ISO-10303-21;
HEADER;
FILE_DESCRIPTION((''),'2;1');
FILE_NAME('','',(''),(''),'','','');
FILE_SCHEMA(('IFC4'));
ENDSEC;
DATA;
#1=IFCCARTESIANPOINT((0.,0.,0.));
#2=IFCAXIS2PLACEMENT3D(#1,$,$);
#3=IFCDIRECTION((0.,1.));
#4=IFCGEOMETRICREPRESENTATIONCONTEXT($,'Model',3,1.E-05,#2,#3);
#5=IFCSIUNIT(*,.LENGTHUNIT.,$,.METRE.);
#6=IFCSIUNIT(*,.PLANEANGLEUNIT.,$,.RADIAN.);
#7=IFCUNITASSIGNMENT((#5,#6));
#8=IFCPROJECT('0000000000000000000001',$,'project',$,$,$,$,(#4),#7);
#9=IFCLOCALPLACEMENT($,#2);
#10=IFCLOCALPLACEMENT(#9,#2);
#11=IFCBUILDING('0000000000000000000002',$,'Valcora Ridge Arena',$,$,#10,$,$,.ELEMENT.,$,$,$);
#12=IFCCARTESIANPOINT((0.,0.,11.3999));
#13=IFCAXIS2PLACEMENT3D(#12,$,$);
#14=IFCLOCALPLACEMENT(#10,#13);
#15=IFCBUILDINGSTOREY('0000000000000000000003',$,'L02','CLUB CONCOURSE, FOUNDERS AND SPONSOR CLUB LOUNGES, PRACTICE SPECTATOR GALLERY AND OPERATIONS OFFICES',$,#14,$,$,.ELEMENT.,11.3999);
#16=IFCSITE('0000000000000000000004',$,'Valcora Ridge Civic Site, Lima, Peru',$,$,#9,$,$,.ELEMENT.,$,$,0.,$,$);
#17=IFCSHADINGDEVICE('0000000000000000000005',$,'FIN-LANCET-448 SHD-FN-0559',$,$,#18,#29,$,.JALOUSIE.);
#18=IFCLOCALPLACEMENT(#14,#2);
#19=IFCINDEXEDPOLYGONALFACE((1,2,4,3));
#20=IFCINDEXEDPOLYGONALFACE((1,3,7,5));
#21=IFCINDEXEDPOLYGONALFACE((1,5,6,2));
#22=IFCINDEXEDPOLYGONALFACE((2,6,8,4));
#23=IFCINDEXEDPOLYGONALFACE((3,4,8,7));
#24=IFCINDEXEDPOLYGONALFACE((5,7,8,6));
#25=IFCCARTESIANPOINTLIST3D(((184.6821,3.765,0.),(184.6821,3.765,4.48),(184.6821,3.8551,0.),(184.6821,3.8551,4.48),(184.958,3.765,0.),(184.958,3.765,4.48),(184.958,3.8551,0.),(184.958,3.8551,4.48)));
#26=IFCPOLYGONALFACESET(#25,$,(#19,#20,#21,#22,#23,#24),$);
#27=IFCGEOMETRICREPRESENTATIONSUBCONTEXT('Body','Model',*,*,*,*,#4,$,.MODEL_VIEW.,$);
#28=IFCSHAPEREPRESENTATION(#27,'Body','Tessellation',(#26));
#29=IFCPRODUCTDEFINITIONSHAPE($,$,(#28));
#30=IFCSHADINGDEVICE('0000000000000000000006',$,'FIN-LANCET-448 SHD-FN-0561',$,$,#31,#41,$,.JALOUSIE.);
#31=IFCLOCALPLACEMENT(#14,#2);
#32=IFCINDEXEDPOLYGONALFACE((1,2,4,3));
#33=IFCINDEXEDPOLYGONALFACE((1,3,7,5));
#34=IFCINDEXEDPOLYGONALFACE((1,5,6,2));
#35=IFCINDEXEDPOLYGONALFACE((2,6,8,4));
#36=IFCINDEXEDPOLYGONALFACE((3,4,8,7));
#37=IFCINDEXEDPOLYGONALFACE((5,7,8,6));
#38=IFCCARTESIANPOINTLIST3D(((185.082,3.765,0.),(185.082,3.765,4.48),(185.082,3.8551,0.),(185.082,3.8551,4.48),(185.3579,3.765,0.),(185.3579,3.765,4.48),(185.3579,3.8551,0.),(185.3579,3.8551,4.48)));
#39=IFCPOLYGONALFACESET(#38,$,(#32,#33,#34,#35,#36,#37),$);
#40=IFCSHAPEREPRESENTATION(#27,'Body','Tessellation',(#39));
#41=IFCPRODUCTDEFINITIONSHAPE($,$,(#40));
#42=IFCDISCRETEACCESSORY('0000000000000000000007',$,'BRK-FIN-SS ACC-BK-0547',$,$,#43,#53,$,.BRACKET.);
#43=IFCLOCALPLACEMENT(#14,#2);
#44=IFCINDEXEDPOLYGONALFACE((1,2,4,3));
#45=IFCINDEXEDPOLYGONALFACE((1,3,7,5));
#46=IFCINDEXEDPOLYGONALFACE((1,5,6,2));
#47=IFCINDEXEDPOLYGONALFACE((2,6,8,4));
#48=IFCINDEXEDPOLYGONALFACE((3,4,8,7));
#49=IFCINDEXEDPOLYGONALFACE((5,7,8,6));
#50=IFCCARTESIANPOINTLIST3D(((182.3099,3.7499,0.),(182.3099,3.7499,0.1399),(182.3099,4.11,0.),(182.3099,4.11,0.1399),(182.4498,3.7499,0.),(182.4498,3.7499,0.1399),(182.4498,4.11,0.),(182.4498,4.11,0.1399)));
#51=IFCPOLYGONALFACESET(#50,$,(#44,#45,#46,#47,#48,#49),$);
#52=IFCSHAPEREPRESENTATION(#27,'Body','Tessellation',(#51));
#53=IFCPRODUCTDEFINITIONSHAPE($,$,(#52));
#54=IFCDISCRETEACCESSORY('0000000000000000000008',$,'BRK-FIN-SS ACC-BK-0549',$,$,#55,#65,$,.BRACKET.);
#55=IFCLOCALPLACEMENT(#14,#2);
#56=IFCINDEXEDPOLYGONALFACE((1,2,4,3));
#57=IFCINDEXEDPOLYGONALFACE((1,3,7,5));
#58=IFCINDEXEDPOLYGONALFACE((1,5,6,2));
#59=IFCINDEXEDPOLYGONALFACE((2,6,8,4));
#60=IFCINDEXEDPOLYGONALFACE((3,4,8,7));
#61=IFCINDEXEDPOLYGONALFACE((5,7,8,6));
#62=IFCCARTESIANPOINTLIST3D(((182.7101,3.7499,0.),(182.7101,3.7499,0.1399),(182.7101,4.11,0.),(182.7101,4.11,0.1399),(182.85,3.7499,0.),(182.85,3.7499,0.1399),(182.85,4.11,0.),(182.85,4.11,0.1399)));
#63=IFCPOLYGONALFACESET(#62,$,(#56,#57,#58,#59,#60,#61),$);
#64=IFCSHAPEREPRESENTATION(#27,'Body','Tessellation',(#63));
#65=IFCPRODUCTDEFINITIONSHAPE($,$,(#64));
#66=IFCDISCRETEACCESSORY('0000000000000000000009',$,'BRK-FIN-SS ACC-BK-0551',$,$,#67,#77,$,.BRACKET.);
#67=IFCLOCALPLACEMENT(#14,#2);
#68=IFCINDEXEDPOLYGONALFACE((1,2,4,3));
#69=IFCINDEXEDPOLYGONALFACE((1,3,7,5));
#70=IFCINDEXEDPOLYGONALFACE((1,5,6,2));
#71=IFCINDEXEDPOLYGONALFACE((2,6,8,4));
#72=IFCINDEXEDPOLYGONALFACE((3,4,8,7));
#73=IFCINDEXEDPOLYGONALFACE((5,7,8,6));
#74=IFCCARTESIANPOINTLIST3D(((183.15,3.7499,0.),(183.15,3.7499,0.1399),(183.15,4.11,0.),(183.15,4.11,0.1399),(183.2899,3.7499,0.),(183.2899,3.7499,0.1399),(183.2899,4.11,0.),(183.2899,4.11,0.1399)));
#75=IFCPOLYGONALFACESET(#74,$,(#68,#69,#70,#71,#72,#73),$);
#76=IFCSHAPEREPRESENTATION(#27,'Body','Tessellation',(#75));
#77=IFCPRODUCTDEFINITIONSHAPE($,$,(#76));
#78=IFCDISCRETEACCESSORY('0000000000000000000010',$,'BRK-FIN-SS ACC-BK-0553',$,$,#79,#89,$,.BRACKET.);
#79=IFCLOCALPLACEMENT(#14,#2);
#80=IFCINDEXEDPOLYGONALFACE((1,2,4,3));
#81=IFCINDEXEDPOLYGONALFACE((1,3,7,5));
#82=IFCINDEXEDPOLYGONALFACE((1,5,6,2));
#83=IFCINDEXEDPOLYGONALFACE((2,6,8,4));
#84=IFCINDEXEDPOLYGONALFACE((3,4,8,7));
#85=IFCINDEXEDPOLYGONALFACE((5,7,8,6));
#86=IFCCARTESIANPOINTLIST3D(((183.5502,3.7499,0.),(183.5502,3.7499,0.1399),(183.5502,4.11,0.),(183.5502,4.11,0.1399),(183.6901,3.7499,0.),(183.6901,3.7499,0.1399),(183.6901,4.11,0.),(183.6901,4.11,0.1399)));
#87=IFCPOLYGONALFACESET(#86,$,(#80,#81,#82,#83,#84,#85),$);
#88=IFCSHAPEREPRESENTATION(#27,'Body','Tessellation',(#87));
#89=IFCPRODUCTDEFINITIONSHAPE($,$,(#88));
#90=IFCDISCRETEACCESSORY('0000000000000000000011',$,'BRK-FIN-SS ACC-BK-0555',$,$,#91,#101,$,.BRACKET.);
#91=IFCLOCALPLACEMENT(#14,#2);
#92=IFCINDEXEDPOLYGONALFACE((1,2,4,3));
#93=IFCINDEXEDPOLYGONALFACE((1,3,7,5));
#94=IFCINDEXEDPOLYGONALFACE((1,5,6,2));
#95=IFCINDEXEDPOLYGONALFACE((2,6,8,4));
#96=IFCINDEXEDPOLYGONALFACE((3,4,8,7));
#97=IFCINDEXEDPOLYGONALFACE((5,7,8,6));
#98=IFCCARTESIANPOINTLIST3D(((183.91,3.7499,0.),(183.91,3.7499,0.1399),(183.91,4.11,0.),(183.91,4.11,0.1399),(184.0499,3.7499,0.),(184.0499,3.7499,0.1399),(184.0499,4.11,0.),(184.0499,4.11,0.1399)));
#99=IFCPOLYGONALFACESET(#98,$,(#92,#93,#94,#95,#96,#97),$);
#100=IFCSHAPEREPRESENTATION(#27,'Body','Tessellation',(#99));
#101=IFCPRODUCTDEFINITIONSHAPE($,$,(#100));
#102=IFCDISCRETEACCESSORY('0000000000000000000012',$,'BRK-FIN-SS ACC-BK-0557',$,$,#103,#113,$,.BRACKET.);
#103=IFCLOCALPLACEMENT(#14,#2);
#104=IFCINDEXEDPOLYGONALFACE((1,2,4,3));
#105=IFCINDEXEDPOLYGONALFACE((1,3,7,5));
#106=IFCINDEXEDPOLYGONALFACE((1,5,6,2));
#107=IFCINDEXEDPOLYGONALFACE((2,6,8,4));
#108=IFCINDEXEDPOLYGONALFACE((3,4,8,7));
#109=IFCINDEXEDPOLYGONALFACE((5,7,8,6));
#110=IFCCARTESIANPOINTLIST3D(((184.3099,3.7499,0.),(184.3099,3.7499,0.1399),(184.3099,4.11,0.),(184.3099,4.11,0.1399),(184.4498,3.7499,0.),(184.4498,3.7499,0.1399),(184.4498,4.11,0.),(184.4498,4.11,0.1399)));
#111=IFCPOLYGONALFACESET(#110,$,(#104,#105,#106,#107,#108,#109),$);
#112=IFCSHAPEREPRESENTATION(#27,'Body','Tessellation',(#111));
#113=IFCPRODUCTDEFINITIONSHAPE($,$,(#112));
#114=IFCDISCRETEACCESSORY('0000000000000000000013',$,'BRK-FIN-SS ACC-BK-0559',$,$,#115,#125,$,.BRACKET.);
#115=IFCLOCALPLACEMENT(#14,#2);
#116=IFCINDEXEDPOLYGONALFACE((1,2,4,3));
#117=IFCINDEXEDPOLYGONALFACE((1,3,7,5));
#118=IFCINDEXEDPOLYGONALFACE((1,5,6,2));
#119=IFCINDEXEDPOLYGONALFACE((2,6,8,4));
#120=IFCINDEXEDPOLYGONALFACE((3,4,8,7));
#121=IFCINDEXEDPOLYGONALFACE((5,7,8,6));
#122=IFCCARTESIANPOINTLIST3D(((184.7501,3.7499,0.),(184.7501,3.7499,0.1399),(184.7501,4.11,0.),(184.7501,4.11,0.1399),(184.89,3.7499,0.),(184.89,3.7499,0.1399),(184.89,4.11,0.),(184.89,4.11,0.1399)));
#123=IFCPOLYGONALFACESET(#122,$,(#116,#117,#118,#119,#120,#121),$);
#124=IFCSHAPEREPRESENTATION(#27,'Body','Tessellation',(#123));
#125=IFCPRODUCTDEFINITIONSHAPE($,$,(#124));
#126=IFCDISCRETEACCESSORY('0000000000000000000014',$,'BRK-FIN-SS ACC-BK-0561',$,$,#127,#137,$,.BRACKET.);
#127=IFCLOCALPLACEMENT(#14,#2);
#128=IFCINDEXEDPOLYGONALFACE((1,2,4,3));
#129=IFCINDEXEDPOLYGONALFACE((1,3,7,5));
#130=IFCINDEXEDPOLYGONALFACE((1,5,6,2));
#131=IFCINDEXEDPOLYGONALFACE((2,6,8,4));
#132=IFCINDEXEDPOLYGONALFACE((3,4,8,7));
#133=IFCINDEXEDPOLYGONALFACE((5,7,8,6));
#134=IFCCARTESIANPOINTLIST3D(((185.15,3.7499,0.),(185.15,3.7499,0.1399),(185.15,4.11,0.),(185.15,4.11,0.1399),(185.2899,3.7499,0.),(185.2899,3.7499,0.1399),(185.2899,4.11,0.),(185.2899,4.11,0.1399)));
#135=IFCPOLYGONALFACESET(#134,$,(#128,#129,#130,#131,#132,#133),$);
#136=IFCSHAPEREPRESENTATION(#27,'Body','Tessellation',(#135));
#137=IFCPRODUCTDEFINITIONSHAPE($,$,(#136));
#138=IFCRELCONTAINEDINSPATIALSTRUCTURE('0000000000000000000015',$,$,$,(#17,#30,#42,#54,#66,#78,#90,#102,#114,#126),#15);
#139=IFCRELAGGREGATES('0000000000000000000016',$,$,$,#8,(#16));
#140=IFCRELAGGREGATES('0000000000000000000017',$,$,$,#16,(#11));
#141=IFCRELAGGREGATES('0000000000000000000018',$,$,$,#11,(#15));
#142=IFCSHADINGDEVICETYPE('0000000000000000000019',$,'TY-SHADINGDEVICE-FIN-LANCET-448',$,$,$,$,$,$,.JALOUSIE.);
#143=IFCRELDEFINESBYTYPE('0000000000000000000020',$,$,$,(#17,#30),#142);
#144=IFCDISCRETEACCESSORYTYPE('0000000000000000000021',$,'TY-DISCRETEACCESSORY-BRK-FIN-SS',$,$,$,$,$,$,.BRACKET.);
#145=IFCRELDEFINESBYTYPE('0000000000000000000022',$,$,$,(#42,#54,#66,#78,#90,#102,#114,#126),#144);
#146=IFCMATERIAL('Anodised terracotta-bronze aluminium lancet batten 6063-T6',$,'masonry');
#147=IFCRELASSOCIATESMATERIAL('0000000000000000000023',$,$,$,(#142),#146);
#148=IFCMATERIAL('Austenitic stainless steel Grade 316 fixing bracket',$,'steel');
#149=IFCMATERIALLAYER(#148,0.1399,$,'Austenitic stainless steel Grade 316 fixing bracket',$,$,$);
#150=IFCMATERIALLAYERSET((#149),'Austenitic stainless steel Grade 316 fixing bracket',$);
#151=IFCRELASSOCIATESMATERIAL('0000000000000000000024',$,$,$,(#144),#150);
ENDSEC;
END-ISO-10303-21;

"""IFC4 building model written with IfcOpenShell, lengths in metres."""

from ifc_helpers import new_model, si_unit, direction, frame, origin, origin_2d, place, context, subcontext, project, spatial, rectangle, extrude, material, layer, layer_set, material_profile, profile_set, type_object, element, save


model = new_model("IFC4")

# Units and contexts
model_context = context("Model", 3, precision=1e-05, world=origin(), true_north=direction((0.0, 1.0)))
body_context = subcontext(model_context, "Body", "Model", "MODEL_VIEW")
ifc_project = project(units=[si_unit("LENGTHUNIT", "METRE"), si_unit("PLANEANGLEUNIT", "RADIAN")], contexts=[model_context])

# Site, building, storey
site_placement = place(None, origin())
site = spatial("IfcSite", under=ifc_project, at=site_placement, Name="Valcora Ridge Civic Site, Lima, Peru", CompositionType="ELEMENT", RefElevation=0.0)
building_placement = place(site_placement, origin())
building = spatial("IfcBuilding", under=site, at=building_placement, Name="Valcora Ridge Arena", CompositionType="ELEMENT")
storey_placement = place(building_placement, frame((0.0, 0.0, 11.3999)))
storey = spatial("IfcBuildingStorey", under=building, at=storey_placement, Name="L02", Description="CLUB CONCOURSE, FOUNDERS AND SPONSOR CLUB LOUNGES, PRACTICE SPECTATOR GALLERY AND OPERATIONS OFFICES", CompositionType="ELEMENT", Elevation=11.3999)

# Shared definitions
ifc_material_1 = material(Name="Anodised terracotta-bronze aluminium lancet batten 6063-T6", Category="masonry")

# Shading devices
ifc_material_profile_1 = material_profile(ifc_material_1, rectangle(XDim=0.0901, YDim=0.2759, at=origin_2d()), Name="ALU LANCET BATTEN 90x276")
ifc_profile_set_1 = profile_set([ifc_material_profile_1], Name="Anodised terracotta-bronze aluminium lancet batten 6063-T6")
shading_device_type = type_object("IfcShadingDeviceType", Name="TY-SHADINGDEVICE-FIN-LANCET-448", PredefinedType="JALOUSIE", material=ifc_profile_set_1)
for number, where, z_axis, x_axis, name in (
    (1, (184.8201, 3.8101, 0.0), (0.0, 0.0, 1.0), (0.0, 1.0, 0.0), "FIN-LANCET-448 SHD-FN-0559"),
    (2, (185.22, 3.8101, 0.0), (0.0, 0.0, 1.0), (0.0, 1.0, 0.0), "FIN-LANCET-448 SHD-FN-0561"),
):
    element("IfcShadingDevice", number, at=place(storey_placement, frame(where, z_axis=z_axis, x_axis=x_axis)), inside=storey, type_object=shading_device_type, Name=name, PredefinedType="JALOUSIE", context=body_context, shape_type="SweptSolid", body=[
        extrude(rectangle(XDim=0.0901, YDim=0.2759, at=origin_2d()), origin(), (0.0, 0.0, 1.0), 4.48),
    ])

# Discrete accessories
ifc_material_2 = material(Name="Austenitic stainless steel Grade 316 fixing bracket", Category="steel")
ifc_layer_1 = layer(ifc_material_2, 0.1399, Name="Austenitic stainless steel Grade 316 fixing bracket")
ifc_layer_set_1 = layer_set([ifc_layer_1], Name="Austenitic stainless steel Grade 316 fixing bracket")
discrete_accessory_type = type_object("IfcDiscreteAccessoryType", Name="TY-DISCRETEACCESSORY-BRK-FIN-SS", PredefinedType="BRACKET", material=ifc_layer_set_1)
for number, where, z_axis, x_axis, name in (
    (3, (182.3799, 3.9299, 0.0), (0.0, 0.0, 1.0), (0.0, 1.0, 0.0), "BRK-FIN-SS ACC-BK-0547"),
    (4, (182.78, 3.9299, 0.0), (0.0, 0.0, 1.0), (0.0, 1.0, 0.0), "BRK-FIN-SS ACC-BK-0549"),
    (5, (183.22, 3.9299, 0.0), (0.0, 0.0, 1.0), (0.0, 1.0, 0.0), "BRK-FIN-SS ACC-BK-0551"),
    (6, (183.6201, 3.9299, 0.0), (0.0, 0.0, 1.0), (0.0, 1.0, 0.0), "BRK-FIN-SS ACC-BK-0553"),
    (7, (183.98, 3.9299, 0.0), (0.0, 0.0, 1.0), (0.0, 1.0, 0.0), "BRK-FIN-SS ACC-BK-0555"),
    (8, (184.3799, 3.9299, 0.0), (0.0, 0.0, 1.0), (0.0, 1.0, 0.0), "BRK-FIN-SS ACC-BK-0557"),
    (9, (184.8201, 3.9299, 0.0), (0.0, 0.0, 1.0), (0.0, 1.0, 0.0), "BRK-FIN-SS ACC-BK-0559"),
    (10, (185.22, 3.9299, 0.0), (0.0, 0.0, 1.0), (0.0, 1.0, 0.0), "BRK-FIN-SS ACC-BK-0561"),
):
    element("IfcDiscreteAccessory", number, at=place(storey_placement, frame(where, z_axis=z_axis, x_axis=x_axis)), inside=storey, type_object=discrete_accessory_type, Name=name, PredefinedType="BRACKET", context=body_context, shape_type="SweptSolid", body=[
        extrude(rectangle(XDim=0.3601, YDim=0.1399, at=origin_2d()), origin(), (0.0, 0.0, 1.0), 0.1399),
    ])

save(model, "model.ifc")
